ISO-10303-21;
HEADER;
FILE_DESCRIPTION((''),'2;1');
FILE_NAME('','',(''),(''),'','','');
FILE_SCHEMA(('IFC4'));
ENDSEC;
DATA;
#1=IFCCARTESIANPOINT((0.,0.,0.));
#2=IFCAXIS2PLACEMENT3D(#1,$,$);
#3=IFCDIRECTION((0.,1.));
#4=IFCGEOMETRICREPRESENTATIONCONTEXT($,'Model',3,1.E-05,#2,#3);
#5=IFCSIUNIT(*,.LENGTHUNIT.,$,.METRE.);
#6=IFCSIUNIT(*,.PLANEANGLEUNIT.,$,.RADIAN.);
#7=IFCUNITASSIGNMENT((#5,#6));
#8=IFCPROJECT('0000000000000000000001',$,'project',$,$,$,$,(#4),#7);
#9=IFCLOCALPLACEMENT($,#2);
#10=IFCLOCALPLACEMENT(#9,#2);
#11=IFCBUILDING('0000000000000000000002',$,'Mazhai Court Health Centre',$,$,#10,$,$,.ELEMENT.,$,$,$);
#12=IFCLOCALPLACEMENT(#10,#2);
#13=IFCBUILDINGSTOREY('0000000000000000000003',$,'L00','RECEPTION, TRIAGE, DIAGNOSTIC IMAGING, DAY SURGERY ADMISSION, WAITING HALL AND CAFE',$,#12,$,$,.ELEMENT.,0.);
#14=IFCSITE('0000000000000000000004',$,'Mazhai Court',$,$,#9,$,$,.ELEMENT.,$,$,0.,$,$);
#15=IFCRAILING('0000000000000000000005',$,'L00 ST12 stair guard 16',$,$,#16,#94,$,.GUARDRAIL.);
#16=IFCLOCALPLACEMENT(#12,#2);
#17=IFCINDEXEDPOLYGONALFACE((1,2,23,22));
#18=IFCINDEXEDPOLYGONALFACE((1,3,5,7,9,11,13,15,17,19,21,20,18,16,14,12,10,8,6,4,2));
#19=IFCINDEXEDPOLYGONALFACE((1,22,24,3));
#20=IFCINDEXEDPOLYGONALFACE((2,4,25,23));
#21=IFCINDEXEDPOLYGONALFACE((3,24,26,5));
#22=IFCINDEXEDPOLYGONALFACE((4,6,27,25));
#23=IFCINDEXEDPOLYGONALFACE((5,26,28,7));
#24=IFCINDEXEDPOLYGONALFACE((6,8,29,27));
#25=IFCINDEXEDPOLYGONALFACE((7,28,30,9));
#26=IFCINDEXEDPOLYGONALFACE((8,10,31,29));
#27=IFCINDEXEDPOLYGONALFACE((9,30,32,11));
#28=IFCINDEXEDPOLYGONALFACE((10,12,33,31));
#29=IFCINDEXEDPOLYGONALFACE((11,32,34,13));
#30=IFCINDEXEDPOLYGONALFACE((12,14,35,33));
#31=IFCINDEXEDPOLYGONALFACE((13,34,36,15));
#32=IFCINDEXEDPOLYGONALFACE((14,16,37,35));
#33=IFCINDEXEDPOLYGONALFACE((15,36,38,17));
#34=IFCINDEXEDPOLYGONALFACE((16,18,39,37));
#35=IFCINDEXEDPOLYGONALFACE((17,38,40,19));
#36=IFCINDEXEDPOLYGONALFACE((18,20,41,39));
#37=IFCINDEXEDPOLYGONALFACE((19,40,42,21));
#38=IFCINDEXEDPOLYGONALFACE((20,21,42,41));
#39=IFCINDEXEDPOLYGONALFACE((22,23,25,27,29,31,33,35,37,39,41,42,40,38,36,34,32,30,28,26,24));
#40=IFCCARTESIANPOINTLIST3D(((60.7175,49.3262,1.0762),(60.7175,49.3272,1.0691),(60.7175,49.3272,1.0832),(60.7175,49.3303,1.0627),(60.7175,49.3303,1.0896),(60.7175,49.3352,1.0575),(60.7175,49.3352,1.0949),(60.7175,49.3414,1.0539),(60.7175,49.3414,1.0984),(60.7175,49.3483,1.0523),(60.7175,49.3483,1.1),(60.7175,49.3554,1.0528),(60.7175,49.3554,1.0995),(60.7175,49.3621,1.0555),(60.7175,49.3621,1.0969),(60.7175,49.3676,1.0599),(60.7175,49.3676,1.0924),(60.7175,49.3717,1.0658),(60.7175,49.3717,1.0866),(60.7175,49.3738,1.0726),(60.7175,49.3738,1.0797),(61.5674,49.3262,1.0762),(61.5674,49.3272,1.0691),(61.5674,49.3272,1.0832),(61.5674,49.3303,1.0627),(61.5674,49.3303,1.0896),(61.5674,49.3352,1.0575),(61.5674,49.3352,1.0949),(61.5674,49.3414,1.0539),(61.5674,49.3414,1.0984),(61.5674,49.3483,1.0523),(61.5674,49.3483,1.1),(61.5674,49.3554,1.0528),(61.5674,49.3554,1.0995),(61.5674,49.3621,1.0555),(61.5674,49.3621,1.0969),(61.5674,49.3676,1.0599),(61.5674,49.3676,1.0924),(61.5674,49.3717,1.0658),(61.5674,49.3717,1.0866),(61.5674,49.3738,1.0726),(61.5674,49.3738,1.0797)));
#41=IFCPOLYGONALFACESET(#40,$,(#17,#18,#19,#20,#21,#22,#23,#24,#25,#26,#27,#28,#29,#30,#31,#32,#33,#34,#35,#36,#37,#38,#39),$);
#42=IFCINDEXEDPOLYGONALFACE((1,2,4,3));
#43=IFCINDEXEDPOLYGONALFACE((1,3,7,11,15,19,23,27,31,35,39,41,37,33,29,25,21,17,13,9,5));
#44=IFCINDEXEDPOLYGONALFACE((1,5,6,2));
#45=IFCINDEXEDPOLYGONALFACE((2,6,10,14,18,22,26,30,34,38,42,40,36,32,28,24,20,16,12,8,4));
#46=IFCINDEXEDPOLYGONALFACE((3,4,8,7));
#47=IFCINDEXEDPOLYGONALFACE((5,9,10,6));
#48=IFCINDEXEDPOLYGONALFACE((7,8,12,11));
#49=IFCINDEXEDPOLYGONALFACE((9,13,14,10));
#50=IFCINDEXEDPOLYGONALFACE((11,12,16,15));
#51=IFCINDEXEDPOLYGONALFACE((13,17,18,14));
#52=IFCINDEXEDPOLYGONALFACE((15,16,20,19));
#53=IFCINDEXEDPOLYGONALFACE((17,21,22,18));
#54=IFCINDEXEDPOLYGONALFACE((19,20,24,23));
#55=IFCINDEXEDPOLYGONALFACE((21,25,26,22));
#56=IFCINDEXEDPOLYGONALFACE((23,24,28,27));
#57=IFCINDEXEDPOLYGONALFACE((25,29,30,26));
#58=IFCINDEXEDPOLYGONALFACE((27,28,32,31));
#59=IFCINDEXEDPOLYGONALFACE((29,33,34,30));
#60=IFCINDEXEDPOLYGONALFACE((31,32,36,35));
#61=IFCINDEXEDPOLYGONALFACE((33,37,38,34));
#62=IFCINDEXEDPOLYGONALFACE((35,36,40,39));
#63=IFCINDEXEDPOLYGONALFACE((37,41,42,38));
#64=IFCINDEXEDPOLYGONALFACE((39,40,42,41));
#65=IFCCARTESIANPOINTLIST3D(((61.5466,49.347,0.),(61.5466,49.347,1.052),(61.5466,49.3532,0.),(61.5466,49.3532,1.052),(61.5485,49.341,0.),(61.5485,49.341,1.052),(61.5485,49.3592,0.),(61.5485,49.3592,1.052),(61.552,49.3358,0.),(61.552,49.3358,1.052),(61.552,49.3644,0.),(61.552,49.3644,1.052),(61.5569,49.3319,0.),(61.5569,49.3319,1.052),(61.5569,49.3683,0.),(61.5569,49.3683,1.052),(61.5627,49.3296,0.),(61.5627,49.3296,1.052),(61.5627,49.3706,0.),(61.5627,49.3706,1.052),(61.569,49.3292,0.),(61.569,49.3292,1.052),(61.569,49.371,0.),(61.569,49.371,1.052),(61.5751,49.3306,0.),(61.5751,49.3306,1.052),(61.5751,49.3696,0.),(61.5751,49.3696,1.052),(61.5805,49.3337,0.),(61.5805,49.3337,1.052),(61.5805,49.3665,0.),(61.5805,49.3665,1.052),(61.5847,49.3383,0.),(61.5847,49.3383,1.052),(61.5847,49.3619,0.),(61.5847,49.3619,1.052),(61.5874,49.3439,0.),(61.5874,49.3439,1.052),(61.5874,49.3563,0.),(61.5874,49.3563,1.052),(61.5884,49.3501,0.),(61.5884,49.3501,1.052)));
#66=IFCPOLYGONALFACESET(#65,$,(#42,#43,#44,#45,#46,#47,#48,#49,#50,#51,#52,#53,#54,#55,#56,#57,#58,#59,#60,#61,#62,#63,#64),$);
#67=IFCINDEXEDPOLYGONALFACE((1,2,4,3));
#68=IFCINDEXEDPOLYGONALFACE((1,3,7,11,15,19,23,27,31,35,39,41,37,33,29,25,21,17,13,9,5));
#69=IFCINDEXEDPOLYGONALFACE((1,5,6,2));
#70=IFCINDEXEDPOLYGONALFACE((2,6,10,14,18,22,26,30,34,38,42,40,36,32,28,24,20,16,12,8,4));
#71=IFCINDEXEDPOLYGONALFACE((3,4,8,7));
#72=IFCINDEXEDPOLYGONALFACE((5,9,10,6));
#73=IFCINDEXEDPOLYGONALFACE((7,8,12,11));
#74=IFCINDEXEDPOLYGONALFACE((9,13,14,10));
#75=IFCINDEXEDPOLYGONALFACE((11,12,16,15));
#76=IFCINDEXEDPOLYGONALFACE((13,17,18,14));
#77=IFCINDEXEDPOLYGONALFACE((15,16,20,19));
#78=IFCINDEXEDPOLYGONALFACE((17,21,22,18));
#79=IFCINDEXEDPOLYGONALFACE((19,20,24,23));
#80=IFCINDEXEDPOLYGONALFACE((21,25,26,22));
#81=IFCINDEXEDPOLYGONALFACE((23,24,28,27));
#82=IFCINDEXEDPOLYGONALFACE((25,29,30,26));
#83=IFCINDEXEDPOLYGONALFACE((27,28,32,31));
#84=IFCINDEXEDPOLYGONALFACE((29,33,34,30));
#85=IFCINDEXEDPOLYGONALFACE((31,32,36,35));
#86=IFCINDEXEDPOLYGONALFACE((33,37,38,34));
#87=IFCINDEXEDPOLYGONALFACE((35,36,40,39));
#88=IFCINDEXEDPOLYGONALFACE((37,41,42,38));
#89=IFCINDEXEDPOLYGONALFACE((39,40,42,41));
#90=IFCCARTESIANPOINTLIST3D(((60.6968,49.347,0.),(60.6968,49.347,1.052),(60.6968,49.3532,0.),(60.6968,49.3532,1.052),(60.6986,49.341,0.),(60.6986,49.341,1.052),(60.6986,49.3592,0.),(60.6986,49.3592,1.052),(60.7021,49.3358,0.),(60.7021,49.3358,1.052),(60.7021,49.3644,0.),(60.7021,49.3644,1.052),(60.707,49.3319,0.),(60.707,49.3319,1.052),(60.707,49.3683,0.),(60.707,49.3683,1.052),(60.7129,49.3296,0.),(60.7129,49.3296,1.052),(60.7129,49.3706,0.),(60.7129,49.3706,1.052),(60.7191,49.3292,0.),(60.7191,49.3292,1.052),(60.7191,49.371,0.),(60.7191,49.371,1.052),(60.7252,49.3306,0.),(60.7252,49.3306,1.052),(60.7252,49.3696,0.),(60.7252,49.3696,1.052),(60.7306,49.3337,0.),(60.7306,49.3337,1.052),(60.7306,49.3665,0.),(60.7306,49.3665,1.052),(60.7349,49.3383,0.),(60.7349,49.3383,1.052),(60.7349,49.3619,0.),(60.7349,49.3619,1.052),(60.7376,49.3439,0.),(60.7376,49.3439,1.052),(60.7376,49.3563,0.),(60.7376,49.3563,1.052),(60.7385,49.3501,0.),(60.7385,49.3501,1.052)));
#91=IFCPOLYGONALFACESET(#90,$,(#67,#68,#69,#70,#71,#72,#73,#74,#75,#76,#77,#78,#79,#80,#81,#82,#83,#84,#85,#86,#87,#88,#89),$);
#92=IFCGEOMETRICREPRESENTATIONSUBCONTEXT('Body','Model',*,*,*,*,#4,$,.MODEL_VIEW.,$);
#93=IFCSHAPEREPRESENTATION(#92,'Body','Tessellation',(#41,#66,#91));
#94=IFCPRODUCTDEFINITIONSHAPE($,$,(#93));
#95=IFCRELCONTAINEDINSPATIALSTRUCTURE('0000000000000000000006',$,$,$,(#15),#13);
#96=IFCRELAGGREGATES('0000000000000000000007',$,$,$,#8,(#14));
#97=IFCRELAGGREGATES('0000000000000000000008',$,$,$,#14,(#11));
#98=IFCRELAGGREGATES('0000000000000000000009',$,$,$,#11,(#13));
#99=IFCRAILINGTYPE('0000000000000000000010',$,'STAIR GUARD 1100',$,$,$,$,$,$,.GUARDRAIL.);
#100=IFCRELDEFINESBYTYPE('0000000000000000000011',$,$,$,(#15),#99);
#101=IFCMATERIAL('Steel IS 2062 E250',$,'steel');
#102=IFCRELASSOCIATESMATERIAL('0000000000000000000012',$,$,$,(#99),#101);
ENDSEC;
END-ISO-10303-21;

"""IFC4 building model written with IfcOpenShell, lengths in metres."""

from ifc_helpers import new_model, si_unit, direction, frame, origin, origin_2d, place, context, subcontext, project, spatial, circle, extrude, material, type_object, element, save


model = new_model("IFC4")

# Units and contexts
model_context = context("Model", 3, precision=1e-05, world=origin(), true_north=direction((0.0, 1.0)))
body_context = subcontext(model_context, "Body", "Model", "MODEL_VIEW")
ifc_project = project(units=[si_unit("LENGTHUNIT", "METRE"), si_unit("PLANEANGLEUNIT", "RADIAN")], contexts=[model_context])

# Site, building, storey
site_placement = place(None, origin())
site = spatial("IfcSite", under=ifc_project, at=site_placement, Name="Mazhai Court", CompositionType="ELEMENT", RefElevation=0.0)
building_placement = place(site_placement, origin())
building = spatial("IfcBuilding", under=site, at=building_placement, Name="Mazhai Court Health Centre", CompositionType="ELEMENT")
storey_placement = place(building_placement, origin())
storey = spatial("IfcBuildingStorey", under=building, at=storey_placement, Name="L00", Description="RECEPTION, TRIAGE, DIAGNOSTIC IMAGING, DAY SURGERY ADMISSION, WAITING HALL AND CAFE", CompositionType="ELEMENT", Elevation=0.0)

# Railing
ifc_material_1 = material(Name="Steel IS 2062 E250", Category="steel")
railing_type_1 = type_object("IfcRailingType", Name="STAIR GUARD 1100", PredefinedType="GUARDRAIL", material=ifc_material_1)
railing_1_placement = place(storey_placement, frame((61.5674, 49.3501, 0.0)))
element("IfcRailing", 1, at=railing_1_placement, inside=storey, type_object=railing_type_1, Name="L00 ST12 stair guard 16", PredefinedType="GUARDRAIL", context=body_context, shape_type="SweptSolid", body=[
    extrude(circle(Radius=0.0239, at=origin_2d()), frame((0.0, 0.0, 1.0762), z_axis=(-1.0, 0.0, 0.0), x_axis=(0.0, -1.0, 0.0)), (0.0, 0.0, 1.0), 0.8499),
    extrude(circle(Radius=0.021, at=origin_2d()), origin(), (0.0, 0.0, 1.0), 1.052),
    extrude(circle(Radius=0.021, at=origin_2d()), frame((-0.8499, 0.0, 0.0)), (0.0, 0.0, 1.0), 1.052),
])

save(model, "model.ifc")
